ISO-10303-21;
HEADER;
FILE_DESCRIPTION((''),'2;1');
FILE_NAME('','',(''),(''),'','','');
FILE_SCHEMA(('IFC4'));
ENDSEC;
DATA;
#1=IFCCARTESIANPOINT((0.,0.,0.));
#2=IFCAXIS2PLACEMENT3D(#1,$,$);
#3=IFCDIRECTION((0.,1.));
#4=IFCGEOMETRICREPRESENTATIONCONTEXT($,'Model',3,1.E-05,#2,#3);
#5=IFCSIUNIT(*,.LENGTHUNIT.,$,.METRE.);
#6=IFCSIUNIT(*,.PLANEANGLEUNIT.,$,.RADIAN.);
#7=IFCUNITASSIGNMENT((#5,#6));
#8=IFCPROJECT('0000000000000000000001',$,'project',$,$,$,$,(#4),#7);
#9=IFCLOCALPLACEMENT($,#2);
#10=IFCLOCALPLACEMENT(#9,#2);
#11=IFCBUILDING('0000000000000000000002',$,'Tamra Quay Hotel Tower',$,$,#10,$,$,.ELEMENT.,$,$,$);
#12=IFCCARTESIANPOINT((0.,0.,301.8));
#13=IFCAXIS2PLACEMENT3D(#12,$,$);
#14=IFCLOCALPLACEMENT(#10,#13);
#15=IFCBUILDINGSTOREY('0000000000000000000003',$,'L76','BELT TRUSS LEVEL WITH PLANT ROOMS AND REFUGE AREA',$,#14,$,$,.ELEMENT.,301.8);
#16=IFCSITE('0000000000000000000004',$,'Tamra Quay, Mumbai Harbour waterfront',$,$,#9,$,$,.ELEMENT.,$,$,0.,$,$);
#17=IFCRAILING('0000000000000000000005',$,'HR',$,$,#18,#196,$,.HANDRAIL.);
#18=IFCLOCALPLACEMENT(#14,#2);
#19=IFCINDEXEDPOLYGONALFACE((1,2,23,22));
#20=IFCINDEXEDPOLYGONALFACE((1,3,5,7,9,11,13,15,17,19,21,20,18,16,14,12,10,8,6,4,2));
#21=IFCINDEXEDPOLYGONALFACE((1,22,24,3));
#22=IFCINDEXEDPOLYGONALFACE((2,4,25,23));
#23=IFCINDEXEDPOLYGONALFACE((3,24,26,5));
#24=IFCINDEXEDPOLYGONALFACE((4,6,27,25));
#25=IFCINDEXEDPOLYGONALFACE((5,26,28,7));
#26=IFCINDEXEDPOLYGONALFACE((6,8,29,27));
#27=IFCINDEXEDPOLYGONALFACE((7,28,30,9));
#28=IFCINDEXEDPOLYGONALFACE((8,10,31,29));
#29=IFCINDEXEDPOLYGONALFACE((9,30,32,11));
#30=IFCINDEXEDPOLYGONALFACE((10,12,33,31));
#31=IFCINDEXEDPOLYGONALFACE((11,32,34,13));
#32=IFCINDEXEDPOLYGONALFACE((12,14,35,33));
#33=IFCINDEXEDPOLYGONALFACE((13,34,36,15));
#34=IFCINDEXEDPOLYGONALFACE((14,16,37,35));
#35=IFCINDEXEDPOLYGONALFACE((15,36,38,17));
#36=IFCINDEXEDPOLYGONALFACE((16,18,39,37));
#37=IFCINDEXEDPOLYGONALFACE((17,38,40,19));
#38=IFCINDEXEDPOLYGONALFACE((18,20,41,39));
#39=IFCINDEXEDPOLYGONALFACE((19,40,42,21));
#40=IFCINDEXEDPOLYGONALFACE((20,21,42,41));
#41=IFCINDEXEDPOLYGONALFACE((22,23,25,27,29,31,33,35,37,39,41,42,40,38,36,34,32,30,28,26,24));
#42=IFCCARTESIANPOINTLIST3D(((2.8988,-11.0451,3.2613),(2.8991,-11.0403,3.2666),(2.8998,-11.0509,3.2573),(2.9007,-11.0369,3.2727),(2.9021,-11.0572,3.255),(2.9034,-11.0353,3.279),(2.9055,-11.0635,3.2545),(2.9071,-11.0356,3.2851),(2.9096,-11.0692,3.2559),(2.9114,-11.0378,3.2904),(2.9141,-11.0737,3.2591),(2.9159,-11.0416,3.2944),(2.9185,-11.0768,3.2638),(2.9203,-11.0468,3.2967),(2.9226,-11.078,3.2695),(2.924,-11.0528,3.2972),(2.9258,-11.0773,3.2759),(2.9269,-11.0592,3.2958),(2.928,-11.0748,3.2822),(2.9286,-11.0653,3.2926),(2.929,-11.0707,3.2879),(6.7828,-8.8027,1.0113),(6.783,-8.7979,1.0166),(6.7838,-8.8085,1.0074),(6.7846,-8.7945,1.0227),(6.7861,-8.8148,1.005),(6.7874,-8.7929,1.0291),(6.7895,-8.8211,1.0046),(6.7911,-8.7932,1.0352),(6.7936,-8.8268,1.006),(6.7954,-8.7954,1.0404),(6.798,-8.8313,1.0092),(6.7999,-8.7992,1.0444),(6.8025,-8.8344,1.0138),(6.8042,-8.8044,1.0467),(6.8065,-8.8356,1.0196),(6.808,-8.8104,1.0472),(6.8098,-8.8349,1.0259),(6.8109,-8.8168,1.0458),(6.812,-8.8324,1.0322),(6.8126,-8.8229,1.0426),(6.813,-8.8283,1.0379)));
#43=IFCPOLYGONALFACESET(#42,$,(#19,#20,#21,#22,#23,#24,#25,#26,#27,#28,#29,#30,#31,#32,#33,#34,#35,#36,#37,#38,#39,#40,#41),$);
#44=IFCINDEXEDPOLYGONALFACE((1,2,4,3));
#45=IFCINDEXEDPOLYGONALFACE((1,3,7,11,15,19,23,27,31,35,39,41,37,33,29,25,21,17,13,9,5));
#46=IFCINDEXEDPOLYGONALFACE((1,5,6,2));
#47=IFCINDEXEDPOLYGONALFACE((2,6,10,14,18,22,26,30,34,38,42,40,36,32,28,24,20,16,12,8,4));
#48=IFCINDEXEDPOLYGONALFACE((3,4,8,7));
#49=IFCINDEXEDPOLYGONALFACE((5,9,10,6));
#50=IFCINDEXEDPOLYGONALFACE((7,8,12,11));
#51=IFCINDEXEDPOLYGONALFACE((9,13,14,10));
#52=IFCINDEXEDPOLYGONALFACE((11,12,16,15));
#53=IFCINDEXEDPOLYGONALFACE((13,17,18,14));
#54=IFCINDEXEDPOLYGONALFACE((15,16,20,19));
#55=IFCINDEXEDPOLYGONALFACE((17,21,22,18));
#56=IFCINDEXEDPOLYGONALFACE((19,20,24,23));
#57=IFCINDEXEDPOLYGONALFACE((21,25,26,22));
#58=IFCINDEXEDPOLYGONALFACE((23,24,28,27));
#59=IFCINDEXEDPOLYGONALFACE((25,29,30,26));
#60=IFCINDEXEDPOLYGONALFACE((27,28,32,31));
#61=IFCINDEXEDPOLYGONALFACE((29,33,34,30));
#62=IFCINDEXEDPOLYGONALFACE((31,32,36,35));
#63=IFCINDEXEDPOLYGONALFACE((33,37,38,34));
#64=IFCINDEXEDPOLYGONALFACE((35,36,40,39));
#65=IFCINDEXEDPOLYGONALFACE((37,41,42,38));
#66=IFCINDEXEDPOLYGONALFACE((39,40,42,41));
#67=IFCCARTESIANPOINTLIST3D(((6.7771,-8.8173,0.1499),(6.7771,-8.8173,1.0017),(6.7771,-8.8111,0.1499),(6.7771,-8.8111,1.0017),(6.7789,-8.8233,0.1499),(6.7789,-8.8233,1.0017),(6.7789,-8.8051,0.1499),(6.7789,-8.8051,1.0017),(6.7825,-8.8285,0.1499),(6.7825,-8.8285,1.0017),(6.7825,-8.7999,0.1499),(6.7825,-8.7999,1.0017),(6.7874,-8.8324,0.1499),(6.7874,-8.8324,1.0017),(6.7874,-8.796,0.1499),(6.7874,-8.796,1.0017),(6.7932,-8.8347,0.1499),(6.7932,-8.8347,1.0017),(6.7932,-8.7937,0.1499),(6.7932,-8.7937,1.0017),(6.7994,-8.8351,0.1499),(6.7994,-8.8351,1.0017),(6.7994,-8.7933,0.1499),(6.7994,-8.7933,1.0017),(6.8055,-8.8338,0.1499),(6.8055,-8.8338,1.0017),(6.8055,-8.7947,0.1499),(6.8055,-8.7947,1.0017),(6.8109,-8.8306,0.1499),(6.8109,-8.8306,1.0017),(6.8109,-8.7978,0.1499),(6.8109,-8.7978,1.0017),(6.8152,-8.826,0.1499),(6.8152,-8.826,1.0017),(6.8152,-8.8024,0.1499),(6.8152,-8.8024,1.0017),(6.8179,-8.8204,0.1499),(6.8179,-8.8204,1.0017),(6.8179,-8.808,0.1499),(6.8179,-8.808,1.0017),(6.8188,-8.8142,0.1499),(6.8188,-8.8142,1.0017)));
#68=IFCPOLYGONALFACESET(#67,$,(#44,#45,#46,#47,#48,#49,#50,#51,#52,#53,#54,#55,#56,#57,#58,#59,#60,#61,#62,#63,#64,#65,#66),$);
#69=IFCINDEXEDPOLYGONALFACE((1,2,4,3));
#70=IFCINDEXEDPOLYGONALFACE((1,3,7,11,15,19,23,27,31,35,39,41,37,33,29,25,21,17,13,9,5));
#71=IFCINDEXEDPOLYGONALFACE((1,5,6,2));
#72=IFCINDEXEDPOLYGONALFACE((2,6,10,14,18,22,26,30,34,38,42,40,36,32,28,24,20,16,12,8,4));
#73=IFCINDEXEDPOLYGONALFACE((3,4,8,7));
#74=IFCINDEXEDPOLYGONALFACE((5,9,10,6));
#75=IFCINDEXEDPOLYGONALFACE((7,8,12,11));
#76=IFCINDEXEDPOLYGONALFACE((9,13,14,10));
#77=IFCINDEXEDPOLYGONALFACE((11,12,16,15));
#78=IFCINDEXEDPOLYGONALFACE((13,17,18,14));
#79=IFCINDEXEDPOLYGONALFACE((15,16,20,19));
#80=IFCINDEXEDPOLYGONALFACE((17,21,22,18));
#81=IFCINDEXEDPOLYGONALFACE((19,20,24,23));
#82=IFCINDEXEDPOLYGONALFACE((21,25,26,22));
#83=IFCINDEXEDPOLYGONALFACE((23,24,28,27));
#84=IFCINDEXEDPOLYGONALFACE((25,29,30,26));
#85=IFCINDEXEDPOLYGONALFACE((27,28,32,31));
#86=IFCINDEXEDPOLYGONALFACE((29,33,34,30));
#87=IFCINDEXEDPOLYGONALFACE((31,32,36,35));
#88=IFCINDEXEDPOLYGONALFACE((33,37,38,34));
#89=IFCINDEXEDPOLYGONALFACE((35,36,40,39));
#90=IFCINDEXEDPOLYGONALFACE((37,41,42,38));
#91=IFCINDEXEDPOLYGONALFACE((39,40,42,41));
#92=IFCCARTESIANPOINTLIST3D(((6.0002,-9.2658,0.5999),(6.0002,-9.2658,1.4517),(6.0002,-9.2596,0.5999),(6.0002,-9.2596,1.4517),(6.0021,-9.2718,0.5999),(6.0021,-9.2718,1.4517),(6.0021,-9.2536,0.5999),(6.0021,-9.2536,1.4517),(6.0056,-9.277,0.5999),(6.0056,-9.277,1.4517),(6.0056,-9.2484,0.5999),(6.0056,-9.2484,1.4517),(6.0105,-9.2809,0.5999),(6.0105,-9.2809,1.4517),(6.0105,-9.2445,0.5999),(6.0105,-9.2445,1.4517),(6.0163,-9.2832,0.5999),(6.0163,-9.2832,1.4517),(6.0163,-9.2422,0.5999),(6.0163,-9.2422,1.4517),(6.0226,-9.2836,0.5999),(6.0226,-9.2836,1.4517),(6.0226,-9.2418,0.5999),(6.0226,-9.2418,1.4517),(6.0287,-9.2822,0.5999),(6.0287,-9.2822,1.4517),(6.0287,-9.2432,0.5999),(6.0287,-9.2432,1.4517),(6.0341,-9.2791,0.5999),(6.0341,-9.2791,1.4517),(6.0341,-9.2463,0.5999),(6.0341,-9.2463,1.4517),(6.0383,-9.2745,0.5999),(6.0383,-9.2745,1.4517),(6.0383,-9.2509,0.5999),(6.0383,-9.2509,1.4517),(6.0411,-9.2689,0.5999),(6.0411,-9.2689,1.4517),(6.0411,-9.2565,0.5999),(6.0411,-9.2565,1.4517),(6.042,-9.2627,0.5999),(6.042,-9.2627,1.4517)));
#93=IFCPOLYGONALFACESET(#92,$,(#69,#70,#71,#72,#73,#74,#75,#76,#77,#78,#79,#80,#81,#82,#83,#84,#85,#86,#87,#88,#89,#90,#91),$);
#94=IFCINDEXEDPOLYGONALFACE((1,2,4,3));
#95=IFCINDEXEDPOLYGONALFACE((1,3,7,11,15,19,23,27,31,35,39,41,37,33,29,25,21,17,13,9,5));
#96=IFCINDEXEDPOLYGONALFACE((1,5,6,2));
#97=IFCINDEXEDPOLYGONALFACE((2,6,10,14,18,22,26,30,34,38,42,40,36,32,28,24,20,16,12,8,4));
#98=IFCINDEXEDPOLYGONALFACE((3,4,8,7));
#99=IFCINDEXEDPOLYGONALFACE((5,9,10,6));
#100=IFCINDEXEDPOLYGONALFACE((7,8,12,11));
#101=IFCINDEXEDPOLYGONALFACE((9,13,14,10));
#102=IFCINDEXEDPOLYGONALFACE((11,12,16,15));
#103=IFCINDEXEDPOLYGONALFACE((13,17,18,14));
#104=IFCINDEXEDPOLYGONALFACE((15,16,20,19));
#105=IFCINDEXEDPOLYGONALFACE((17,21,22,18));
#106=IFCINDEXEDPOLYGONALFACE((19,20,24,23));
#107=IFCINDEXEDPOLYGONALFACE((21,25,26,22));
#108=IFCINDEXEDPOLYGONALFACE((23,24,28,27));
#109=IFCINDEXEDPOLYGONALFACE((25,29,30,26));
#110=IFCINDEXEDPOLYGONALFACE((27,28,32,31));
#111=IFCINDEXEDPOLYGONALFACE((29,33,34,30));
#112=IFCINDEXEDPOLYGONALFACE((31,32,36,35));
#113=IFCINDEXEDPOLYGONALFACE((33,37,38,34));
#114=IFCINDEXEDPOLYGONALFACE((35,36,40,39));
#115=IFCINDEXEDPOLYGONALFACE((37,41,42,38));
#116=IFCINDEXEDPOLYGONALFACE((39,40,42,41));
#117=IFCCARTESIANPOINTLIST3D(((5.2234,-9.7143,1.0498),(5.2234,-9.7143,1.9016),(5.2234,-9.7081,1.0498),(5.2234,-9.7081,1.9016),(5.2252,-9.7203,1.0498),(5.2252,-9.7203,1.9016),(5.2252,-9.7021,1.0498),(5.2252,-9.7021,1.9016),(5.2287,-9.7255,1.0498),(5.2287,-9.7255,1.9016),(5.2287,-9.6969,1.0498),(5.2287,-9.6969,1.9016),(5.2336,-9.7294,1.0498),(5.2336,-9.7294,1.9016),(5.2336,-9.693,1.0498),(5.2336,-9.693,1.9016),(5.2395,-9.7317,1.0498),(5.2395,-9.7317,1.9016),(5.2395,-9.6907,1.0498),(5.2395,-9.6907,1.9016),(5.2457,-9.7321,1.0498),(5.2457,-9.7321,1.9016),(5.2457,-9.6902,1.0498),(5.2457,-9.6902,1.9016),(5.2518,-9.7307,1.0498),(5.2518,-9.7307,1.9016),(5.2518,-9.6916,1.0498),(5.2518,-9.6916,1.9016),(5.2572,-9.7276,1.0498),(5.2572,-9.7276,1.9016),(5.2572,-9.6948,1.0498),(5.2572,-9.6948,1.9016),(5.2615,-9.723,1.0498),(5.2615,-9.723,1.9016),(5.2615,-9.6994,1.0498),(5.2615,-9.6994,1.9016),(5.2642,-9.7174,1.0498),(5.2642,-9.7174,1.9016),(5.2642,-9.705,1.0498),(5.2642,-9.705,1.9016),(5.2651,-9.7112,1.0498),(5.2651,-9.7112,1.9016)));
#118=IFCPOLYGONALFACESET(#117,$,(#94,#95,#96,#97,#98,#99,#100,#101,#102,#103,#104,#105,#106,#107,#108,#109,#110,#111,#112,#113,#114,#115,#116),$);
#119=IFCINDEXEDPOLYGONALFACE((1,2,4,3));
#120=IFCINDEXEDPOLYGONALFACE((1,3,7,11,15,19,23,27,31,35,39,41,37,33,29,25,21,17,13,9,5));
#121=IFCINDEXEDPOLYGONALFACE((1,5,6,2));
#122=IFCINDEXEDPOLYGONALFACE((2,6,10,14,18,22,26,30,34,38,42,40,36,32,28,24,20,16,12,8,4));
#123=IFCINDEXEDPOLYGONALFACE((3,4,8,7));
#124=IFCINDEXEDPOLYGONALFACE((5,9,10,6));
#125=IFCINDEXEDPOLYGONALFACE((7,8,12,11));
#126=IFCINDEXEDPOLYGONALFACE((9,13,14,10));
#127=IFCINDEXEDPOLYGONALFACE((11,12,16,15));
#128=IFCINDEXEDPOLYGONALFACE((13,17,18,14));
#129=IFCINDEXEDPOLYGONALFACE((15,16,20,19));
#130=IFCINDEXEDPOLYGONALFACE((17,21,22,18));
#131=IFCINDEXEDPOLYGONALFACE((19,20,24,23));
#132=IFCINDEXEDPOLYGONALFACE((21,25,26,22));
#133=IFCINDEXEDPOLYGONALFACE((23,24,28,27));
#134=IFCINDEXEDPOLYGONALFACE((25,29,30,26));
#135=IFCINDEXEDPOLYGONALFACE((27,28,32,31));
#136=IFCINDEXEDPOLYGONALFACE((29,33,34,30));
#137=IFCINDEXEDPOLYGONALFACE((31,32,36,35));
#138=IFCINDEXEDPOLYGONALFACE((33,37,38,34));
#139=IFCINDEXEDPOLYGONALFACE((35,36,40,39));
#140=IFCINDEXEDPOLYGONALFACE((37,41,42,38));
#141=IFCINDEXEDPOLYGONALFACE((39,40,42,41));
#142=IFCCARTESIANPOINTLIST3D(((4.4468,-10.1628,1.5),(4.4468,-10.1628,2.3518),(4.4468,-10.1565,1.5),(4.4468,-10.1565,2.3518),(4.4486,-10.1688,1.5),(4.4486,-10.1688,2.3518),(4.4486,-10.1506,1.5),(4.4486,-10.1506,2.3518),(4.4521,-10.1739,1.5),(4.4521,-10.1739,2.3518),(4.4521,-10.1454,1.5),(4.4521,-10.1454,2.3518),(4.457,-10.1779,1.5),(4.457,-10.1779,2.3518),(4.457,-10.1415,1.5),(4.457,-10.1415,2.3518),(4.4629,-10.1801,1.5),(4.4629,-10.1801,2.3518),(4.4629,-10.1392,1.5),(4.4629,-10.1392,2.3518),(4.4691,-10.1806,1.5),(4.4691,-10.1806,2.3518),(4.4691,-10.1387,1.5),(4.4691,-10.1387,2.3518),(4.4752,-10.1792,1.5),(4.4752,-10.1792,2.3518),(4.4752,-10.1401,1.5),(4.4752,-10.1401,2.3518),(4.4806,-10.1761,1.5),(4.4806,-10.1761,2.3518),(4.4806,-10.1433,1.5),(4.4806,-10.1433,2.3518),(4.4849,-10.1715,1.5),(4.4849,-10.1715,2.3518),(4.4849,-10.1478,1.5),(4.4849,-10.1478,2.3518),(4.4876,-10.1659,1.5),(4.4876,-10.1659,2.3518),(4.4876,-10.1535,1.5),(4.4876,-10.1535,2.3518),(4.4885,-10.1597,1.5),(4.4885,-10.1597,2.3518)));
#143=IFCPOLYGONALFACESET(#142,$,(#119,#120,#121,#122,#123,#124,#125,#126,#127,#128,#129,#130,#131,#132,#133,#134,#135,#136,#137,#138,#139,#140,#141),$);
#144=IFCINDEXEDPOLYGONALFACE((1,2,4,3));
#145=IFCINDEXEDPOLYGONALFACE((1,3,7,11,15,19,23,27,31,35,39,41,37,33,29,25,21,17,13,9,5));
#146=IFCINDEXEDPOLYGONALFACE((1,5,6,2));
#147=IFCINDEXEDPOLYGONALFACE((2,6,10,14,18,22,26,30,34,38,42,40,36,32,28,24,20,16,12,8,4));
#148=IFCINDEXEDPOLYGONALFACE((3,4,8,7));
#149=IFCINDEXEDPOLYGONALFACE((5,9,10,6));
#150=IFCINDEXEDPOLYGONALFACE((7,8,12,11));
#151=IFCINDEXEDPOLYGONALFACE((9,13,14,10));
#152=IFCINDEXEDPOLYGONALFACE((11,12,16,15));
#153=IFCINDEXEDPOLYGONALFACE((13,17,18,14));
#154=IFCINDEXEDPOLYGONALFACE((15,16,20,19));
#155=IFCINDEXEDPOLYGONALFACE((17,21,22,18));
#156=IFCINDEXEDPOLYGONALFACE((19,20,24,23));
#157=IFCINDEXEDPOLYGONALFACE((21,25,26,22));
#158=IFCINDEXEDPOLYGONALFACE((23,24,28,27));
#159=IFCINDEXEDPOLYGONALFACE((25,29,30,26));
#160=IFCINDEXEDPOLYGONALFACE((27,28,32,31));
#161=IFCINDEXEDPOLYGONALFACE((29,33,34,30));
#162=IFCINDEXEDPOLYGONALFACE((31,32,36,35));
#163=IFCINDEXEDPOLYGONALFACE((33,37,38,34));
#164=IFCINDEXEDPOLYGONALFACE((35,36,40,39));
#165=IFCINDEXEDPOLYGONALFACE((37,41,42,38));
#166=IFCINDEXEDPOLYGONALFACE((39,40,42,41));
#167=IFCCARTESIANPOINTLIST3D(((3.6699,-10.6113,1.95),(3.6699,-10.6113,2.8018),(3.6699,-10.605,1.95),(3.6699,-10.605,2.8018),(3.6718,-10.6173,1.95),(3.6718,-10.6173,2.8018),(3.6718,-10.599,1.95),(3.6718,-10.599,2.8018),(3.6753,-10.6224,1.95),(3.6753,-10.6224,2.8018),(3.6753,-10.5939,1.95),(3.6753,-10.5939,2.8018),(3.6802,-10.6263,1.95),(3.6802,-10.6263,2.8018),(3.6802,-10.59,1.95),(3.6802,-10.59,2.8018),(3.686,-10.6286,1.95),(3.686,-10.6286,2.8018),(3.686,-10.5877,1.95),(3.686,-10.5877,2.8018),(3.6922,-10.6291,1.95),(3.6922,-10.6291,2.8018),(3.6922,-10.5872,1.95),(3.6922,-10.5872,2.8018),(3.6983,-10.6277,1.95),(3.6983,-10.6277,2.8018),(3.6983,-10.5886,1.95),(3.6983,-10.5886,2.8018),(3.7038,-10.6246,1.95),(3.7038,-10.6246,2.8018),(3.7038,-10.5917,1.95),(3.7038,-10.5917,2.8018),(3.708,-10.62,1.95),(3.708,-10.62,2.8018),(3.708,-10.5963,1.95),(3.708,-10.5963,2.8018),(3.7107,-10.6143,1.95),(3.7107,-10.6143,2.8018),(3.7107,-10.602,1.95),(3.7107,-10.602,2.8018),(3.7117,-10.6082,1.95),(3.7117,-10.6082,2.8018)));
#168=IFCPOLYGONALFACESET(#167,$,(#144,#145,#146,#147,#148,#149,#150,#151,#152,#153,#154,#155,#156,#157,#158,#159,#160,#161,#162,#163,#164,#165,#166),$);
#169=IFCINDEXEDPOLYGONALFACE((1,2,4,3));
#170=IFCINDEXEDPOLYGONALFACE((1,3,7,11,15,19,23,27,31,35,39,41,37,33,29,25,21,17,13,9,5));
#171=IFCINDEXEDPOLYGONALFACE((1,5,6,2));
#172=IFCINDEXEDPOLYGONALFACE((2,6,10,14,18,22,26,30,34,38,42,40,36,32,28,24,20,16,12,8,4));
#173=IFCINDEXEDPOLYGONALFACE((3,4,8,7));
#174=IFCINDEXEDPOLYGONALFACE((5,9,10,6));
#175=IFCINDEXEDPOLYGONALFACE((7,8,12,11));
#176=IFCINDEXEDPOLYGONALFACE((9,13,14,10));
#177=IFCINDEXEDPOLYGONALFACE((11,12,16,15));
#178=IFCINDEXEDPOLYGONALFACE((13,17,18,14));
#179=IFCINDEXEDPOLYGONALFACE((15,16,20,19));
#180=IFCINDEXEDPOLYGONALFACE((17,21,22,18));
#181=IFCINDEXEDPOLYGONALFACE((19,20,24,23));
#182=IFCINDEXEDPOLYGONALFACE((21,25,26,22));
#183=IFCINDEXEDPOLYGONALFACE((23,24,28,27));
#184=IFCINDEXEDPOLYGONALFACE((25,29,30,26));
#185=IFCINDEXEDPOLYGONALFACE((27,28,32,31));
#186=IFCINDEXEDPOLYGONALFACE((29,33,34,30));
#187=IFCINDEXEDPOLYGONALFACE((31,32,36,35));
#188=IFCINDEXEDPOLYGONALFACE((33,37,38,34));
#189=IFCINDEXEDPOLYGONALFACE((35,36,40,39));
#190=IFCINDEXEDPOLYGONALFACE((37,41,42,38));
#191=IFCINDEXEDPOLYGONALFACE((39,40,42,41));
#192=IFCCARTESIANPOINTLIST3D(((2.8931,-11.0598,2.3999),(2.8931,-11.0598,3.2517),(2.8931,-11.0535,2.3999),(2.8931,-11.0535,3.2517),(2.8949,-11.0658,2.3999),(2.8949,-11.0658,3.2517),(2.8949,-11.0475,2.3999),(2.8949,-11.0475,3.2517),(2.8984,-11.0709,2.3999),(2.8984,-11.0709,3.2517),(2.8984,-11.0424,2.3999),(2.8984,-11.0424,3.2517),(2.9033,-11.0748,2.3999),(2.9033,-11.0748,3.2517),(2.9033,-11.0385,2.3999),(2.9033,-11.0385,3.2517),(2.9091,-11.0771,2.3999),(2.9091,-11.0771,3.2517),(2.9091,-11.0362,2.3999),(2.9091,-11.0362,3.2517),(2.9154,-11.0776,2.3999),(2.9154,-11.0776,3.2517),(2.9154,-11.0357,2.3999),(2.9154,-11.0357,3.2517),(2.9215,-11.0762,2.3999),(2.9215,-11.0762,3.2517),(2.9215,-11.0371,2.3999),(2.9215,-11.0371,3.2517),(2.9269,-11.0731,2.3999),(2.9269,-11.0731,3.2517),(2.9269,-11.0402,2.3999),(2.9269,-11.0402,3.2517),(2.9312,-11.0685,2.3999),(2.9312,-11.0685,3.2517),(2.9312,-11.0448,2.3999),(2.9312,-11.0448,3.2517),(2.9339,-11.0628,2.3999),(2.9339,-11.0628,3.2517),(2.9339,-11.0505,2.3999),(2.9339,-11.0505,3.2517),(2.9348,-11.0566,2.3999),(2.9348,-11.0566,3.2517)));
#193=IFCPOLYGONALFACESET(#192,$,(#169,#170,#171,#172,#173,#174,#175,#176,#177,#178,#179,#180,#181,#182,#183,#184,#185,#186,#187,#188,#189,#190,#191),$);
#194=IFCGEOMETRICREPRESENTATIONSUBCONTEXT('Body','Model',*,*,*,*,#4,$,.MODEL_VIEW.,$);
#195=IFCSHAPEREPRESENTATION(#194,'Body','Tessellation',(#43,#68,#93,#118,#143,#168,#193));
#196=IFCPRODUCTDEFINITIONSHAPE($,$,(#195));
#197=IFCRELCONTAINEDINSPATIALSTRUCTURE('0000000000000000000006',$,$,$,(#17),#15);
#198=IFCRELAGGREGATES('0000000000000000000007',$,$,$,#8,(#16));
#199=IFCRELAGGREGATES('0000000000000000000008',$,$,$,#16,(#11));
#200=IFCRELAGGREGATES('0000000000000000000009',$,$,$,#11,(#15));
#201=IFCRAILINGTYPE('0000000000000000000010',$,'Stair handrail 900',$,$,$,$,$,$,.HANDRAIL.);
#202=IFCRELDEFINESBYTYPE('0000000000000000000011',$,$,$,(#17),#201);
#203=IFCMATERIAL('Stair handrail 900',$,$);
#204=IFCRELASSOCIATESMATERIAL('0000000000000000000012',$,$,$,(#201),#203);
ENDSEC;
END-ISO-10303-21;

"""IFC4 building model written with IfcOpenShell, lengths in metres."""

from ifc_helpers import new_model, si_unit, direction, frame, origin, origin_2d, place, context, subcontext, project, spatial, circle, extrude, material, type_object, element, save


model = new_model("IFC4")

# Units and contexts
model_context = context("Model", 3, precision=1e-05, world=origin(), true_north=direction((0.0, 1.0)))
body_context = subcontext(model_context, "Body", "Model", "MODEL_VIEW")
ifc_project = project(units=[si_unit("LENGTHUNIT", "METRE"), si_unit("PLANEANGLEUNIT", "RADIAN")], contexts=[model_context])

# Site, building, storey
site_placement = place(None, origin())
site = spatial("IfcSite", under=ifc_project, at=site_placement, Name="Tamra Quay, Mumbai Harbour waterfront", CompositionType="ELEMENT", RefElevation=0.0)
building_placement = place(site_placement, origin())
building = spatial("IfcBuilding", under=site, at=building_placement, Name="Tamra Quay Hotel Tower", CompositionType="ELEMENT")
storey_placement = place(building_placement, frame((0.0, 0.0, 301.8)))
storey = spatial("IfcBuildingStorey", under=building, at=storey_placement, Name="L76", Description="BELT TRUSS LEVEL WITH PLANT ROOMS AND REFUGE AREA", CompositionType="ELEMENT", Elevation=301.8)

# Railing
ifc_material_1 = material(Name="Stair handrail 900")
railing_type_1 = type_object("IfcRailingType", Name="Stair handrail 900", PredefinedType="HANDRAIL", material=ifc_material_1)
railing_1_placement = place(storey_placement, frame((6.7979, -8.8142, 0.1499)))
element("IfcRailing", 1, at=railing_1_placement, inside=storey, type_object=railing_type_1, Name="HR", PredefinedType="HANDRAIL", context=body_context, shape_type="SweptSolid", body=[
    extrude(circle(Radius=0.0239, at=origin_2d()), frame((0.0, 0.0, 0.876), z_axis=(-0.774076, -0.44691, 0.448418), x_axis=(0.499997, -0.866027, 0.0)), (0.0, 0.0, 1.0), 5.0176),
    extrude(circle(Radius=0.021, at=origin_2d()), origin(), (0.0, 0.0, 1.0), 0.8518),
    extrude(circle(Radius=0.021, at=origin_2d()), frame((-0.7769, -0.4485, 0.45)), (0.0, 0.0, 1.0), 0.8518),
    extrude(circle(Radius=0.021, at=origin_2d()), frame((-1.5537, -0.897, 0.8999)), (0.0, 0.0, 1.0), 0.8518),
    extrude(circle(Radius=0.021, at=origin_2d()), frame((-2.3303, -1.3455, 1.3501)), (0.0, 0.0, 1.0), 0.8518),
    extrude(circle(Radius=0.021, at=origin_2d()), frame((-3.1072, -1.7939, 1.8)), (0.0, 0.0, 1.0), 0.8518),
    extrude(circle(Radius=0.021, at=origin_2d()), frame((-3.884, -2.2424, 2.25)), (0.0, 0.0, 1.0), 0.8518),
])

save(model, "model.ifc")
